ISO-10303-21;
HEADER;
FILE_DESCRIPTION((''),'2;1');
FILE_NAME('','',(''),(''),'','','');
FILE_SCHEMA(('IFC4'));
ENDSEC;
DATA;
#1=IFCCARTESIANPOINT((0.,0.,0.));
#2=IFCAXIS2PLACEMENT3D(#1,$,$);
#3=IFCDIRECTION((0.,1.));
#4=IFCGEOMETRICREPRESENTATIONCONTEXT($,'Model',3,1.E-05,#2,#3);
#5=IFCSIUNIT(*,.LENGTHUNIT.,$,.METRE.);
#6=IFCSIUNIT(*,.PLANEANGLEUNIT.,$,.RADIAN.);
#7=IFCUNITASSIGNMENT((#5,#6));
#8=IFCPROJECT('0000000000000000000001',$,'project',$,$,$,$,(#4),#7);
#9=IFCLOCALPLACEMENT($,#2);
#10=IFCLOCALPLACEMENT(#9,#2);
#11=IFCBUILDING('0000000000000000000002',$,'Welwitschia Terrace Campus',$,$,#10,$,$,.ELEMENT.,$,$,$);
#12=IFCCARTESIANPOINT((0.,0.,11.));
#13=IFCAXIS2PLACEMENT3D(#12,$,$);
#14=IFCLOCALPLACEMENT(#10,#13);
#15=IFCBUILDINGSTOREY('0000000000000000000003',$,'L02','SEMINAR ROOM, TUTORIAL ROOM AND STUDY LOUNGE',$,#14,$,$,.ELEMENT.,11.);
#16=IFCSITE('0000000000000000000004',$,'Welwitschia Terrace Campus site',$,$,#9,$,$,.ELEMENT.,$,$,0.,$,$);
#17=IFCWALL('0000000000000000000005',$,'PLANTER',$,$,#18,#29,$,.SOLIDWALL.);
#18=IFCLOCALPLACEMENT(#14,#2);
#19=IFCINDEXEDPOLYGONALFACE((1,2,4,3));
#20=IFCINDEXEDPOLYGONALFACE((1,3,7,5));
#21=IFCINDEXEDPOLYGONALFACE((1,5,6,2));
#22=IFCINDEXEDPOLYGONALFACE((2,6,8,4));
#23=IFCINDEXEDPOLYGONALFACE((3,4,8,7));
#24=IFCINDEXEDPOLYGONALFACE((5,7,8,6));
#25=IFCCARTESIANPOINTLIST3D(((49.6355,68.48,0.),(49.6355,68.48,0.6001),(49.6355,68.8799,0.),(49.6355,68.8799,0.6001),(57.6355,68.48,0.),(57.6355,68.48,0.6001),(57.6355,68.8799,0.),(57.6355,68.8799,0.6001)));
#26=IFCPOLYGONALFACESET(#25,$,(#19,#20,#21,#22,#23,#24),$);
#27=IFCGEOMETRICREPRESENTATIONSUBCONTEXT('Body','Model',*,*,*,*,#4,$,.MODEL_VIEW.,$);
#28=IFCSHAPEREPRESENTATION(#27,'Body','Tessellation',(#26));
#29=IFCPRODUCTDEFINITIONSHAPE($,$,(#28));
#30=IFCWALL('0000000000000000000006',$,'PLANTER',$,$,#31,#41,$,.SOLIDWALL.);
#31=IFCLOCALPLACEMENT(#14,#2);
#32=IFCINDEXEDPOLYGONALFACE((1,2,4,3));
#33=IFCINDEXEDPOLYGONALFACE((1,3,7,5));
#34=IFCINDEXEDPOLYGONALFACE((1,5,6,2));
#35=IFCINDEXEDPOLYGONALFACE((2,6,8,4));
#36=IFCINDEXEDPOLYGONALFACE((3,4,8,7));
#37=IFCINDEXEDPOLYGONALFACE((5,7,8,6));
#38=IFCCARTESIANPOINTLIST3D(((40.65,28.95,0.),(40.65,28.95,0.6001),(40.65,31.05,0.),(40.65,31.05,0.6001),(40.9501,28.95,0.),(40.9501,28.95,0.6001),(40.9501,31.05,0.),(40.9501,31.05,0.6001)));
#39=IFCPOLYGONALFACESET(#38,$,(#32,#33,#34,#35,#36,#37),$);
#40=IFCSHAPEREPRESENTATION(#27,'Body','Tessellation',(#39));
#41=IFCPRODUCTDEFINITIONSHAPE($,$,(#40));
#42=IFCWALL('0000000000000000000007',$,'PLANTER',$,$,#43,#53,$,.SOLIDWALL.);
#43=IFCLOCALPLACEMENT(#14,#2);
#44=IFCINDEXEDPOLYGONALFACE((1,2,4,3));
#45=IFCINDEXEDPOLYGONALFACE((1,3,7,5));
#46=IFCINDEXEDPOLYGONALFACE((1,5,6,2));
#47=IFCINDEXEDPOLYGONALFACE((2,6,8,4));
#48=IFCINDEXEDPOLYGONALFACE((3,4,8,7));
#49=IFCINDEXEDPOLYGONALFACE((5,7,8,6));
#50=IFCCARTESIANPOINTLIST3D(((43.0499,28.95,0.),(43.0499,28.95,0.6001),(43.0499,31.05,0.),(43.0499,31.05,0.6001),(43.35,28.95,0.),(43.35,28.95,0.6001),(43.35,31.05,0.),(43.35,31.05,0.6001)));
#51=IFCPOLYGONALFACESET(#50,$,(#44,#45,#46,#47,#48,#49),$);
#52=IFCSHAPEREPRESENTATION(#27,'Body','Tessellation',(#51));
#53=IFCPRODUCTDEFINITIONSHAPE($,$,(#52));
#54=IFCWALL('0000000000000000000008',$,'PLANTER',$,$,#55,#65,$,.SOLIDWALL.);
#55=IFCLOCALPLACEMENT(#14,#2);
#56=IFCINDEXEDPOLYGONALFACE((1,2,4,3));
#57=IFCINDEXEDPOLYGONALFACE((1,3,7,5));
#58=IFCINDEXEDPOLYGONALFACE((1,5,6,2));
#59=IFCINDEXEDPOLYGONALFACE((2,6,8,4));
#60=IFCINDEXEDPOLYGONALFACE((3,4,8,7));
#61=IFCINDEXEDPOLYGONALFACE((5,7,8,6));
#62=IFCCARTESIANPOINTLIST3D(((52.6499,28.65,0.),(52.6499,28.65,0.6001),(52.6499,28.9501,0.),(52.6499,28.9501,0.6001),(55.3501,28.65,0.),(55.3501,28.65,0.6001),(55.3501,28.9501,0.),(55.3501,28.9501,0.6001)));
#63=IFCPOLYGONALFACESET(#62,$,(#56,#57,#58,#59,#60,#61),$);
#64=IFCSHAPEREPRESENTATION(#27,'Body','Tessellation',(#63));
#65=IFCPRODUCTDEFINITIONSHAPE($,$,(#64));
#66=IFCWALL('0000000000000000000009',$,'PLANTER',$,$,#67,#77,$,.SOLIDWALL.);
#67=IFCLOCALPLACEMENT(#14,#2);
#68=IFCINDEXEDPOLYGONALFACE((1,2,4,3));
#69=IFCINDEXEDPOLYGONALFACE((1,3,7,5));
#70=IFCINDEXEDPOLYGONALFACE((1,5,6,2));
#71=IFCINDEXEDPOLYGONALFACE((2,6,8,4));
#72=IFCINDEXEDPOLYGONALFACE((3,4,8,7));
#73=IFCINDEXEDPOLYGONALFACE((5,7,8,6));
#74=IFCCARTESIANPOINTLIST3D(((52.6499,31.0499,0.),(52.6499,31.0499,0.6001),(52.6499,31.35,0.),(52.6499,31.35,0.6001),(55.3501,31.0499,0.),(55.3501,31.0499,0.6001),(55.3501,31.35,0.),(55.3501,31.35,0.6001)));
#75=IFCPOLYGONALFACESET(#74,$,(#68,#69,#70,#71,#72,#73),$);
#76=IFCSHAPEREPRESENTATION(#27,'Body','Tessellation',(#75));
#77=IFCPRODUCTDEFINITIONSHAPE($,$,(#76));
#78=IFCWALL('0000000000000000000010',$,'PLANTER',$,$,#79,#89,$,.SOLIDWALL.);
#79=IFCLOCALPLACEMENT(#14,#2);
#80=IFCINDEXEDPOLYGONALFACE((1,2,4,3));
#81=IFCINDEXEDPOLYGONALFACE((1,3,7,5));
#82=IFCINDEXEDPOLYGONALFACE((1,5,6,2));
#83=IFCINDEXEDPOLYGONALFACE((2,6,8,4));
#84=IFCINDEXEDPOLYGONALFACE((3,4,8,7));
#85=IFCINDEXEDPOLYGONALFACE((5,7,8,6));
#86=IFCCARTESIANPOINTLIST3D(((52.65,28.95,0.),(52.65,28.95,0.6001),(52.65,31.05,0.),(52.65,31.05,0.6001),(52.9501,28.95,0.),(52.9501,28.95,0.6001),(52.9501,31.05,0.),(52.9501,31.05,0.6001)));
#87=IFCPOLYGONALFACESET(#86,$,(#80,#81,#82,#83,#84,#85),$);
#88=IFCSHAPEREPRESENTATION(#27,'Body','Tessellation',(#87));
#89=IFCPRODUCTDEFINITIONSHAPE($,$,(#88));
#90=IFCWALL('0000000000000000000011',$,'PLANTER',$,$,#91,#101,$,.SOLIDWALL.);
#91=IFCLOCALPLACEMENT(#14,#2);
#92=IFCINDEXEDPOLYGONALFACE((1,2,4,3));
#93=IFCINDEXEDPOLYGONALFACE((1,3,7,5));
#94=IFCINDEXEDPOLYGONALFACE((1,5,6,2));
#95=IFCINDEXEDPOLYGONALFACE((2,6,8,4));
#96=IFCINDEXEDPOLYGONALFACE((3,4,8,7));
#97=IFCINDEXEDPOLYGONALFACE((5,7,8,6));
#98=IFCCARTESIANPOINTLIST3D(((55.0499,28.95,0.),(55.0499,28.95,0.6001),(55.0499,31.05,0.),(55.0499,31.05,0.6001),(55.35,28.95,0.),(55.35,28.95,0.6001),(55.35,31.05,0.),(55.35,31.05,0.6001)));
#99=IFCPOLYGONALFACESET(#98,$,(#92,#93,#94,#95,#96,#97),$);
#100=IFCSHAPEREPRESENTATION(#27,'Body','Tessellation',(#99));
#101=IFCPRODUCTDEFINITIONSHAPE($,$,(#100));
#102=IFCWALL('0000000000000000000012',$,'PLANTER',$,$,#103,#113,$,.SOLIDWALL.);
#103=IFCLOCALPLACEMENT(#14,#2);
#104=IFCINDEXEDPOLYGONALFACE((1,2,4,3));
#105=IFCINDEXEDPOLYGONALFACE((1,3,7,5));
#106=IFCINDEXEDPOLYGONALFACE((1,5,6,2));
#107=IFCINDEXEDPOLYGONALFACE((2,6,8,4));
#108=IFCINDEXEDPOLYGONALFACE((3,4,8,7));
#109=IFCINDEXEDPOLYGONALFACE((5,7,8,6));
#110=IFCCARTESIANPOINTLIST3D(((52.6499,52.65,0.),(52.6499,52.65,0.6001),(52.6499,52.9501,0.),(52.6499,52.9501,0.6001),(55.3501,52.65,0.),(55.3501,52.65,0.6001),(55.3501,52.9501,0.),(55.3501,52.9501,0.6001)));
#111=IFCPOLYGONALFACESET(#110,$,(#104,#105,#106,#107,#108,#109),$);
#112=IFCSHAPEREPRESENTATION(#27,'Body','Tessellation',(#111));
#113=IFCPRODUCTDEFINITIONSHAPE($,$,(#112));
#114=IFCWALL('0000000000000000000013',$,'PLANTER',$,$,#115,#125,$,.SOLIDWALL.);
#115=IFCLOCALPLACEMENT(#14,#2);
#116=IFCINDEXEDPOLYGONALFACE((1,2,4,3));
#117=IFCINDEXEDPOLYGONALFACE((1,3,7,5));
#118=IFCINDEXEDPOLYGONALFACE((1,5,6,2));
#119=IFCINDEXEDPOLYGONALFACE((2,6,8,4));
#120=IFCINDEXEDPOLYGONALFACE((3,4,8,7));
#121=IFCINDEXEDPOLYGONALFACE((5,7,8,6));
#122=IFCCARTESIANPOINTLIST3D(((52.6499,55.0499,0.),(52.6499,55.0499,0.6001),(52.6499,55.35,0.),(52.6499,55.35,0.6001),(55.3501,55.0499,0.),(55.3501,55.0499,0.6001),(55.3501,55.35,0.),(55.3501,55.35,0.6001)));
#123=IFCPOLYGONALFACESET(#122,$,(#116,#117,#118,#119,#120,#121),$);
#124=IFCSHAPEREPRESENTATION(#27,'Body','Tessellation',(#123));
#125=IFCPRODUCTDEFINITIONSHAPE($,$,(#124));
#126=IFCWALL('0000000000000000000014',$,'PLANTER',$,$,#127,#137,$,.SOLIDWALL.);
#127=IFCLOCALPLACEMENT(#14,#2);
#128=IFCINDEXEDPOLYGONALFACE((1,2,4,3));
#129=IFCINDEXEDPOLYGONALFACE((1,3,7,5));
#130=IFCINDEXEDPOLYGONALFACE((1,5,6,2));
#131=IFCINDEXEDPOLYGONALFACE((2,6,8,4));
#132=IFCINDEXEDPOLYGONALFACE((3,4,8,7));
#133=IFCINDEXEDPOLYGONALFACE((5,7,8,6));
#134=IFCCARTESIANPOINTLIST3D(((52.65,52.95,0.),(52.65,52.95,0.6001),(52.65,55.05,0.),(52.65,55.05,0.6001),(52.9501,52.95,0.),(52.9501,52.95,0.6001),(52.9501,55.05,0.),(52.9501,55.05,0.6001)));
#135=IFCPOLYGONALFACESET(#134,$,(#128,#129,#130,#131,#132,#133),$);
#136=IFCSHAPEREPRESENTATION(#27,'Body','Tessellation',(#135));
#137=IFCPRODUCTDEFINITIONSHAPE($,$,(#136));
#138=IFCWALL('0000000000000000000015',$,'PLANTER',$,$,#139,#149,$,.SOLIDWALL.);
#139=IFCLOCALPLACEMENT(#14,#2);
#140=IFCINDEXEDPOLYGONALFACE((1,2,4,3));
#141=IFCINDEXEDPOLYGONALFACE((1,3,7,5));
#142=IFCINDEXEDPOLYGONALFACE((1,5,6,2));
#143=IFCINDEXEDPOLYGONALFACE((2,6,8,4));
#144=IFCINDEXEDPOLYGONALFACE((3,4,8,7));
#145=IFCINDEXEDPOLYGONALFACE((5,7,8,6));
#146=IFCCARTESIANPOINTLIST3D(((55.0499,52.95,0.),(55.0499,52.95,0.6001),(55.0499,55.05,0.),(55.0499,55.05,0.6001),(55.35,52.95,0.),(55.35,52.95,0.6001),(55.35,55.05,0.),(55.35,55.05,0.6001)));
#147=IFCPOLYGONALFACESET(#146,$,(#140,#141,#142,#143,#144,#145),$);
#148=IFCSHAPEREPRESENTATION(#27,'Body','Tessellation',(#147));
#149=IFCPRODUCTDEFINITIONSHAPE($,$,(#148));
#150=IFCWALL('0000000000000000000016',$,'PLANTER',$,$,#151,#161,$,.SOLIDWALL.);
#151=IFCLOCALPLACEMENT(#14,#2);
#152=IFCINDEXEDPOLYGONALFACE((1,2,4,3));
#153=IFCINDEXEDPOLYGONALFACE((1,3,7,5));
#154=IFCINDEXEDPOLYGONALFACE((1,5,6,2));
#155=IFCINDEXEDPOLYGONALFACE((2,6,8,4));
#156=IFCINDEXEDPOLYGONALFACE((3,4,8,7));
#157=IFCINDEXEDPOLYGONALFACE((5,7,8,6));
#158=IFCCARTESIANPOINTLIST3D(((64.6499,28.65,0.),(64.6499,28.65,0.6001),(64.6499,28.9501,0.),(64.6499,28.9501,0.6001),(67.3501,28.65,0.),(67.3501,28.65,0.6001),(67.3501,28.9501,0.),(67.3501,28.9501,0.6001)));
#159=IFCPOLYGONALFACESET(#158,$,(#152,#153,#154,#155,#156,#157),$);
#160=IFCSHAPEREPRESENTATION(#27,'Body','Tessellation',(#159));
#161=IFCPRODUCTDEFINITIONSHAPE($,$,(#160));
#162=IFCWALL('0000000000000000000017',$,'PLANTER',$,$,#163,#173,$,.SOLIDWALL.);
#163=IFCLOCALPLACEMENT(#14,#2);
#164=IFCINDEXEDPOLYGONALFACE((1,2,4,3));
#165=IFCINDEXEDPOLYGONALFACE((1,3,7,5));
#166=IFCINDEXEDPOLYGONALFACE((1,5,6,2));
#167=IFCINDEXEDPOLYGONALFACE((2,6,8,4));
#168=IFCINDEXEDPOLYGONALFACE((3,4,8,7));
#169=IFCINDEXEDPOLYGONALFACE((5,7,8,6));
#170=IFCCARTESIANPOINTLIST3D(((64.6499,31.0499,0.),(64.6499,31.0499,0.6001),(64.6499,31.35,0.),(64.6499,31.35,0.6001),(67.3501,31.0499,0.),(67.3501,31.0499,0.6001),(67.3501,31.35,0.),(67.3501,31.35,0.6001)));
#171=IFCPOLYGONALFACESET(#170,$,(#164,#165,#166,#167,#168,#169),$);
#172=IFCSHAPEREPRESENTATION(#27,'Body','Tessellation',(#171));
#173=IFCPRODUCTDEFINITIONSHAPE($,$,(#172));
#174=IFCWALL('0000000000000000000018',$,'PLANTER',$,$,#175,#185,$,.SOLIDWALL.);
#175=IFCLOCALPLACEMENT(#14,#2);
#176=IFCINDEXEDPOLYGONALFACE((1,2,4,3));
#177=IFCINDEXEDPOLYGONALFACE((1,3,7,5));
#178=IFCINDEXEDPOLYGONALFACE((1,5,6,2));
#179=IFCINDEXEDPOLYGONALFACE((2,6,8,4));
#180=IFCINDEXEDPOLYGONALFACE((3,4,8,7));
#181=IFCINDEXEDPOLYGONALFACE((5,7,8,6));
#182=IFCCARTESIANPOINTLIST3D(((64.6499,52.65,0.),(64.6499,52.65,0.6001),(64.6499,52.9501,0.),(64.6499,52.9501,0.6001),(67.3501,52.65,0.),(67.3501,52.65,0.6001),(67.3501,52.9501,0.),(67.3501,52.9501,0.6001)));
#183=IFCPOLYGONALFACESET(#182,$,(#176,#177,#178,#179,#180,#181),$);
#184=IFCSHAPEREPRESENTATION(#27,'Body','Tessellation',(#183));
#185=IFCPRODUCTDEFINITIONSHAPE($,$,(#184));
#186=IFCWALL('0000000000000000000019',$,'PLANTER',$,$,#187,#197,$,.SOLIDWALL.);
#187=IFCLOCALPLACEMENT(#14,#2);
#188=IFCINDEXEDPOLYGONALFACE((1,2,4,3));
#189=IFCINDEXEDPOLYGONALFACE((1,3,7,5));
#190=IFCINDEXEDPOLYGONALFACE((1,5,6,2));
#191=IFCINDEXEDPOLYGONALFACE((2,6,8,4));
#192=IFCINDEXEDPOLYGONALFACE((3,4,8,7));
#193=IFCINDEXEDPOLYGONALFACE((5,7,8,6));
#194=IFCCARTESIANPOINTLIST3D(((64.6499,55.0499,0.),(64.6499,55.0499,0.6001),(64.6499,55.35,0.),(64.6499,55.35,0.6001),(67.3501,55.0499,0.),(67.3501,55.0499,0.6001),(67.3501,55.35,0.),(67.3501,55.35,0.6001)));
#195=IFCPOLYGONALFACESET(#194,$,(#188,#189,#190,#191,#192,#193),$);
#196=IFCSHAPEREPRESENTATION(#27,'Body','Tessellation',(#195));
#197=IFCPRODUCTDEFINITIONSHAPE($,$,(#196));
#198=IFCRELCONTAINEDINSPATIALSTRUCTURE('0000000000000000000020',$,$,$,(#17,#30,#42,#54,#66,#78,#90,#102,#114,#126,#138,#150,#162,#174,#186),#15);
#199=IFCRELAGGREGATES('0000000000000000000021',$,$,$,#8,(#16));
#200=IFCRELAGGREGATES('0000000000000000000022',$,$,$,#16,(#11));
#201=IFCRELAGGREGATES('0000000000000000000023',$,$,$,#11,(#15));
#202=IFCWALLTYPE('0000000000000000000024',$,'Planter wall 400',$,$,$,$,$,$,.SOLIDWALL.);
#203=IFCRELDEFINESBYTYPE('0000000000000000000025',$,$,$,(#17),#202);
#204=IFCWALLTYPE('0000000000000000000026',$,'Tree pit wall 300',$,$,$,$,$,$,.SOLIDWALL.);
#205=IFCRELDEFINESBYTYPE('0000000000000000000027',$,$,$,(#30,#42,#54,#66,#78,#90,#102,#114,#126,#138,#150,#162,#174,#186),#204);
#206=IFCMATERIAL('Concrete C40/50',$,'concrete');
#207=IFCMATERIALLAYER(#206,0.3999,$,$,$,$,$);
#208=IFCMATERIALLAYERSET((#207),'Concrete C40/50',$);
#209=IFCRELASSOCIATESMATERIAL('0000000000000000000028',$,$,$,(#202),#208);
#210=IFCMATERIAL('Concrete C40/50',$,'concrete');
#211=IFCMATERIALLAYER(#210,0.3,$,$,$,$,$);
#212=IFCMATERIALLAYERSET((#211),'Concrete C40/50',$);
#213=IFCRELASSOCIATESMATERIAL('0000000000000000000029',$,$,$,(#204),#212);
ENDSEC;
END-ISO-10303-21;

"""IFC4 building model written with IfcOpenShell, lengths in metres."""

from ifc_helpers import new_model, si_unit, direction, frame, frame_2d, origin, place, context, subcontext, project, spatial, rectangle, extrude, material, layer, layer_set, type_object, element, save


model = new_model("IFC4")

# Units and contexts
model_context = context("Model", 3, precision=1e-05, world=origin(), true_north=direction((0.0, 1.0)))
body_context = subcontext(model_context, "Body", "Model", "MODEL_VIEW")
ifc_project = project(units=[si_unit("LENGTHUNIT", "METRE"), si_unit("PLANEANGLEUNIT", "RADIAN")], contexts=[model_context])

# Site, building, storey
site_placement = place(None, origin())
site = spatial("IfcSite", under=ifc_project, at=site_placement, Name="Welwitschia Terrace Campus site", CompositionType="ELEMENT", RefElevation=0.0)
building_placement = place(site_placement, origin())
building = spatial("IfcBuilding", under=site, at=building_placement, Name="Welwitschia Terrace Campus", CompositionType="ELEMENT")
storey_placement = place(building_placement, frame((0.0, 0.0, 11.0)))
storey = spatial("IfcBuildingStorey", under=building, at=storey_placement, Name="L02", Description="SEMINAR ROOM, TUTORIAL ROOM AND STUDY LOUNGE", CompositionType="ELEMENT", Elevation=11.0)

# Walls
ifc_material_1 = material(Name="Concrete C40/50", Category="concrete")
ifc_layer_1 = layer(ifc_material_1, 0.3999)
ifc_layer_set_1 = layer_set([ifc_layer_1], Name="Concrete C40/50")
wall_type_1 = type_object("IfcWallType", Name="Planter wall 400", PredefinedType="SOLIDWALL", material=ifc_layer_set_1)
wall_1_placement = place(storey_placement, frame((49.6355, 68.6799, 0.0), z_axis=(0.0, 0.0, 1.0), x_axis=(1.0, 0.0, 0.0)))
element("IfcWall", 1, at=wall_1_placement, inside=storey, type_object=wall_type_1, Name="PLANTER", PredefinedType="SOLIDWALL", context=body_context, shape_type="SweptSolid", body=[
    extrude(rectangle(XDim=8.0, YDim=0.3999, at=frame_2d((4.0, 0.0))), origin(), (0.0, 0.0, 1.0), 0.6001),
])
ifc_material_2 = material(Name="Concrete C40/50", Category="concrete")
ifc_layer_2 = layer(ifc_material_2, 0.3)
ifc_layer_set_2 = layer_set([ifc_layer_2], Name="Concrete C40/50")
wall_type_2 = type_object("IfcWallType", Name="Tree pit wall 300", PredefinedType="SOLIDWALL", material=ifc_layer_set_2)
for number, where, z_axis, x_axis, name in (
    (2, (40.8, 28.95, 0.0), (0.0, 0.0, 1.0), (0.0, 1.0, 0.0), "PLANTER"),
    (3, (43.2, 28.95, 0.0), (0.0, 0.0, 1.0), (0.0, 1.0, 0.0), "PLANTER"),
):
    element("IfcWall", number, at=place(storey_placement, frame(where, z_axis=z_axis, x_axis=x_axis)), inside=storey, type_object=wall_type_2, Name=name, PredefinedType="SOLIDWALL", context=body_context, shape_type="SweptSolid", body=[
        extrude(rectangle(XDim=2.1001, YDim=0.3, at=frame_2d((1.05, 0.0))), origin(), (0.0, 0.0, 1.0), 0.6001),
    ])
for number, where, z_axis, x_axis, name in (
    (4, (52.6499, 28.8, 0.0), (0.0, 0.0, 1.0), (1.0, 0.0, 0.0), "PLANTER"),
    (5, (52.6499, 31.2, 0.0), (0.0, 0.0, 1.0), (1.0, 0.0, 0.0), "PLANTER"),
):
    element("IfcWall", number, at=place(storey_placement, frame(where, z_axis=z_axis, x_axis=x_axis)), inside=storey, type_object=wall_type_2, Name=name, PredefinedType="SOLIDWALL", context=body_context, shape_type="SweptSolid", body=[
        extrude(rectangle(XDim=2.7002, YDim=0.3, at=frame_2d((1.3501, 0.0))), origin(), (0.0, 0.0, 1.0), 0.6001),
    ])
for number, where, z_axis, x_axis, name in (
    (6, (52.8, 28.95, 0.0), (0.0, 0.0, 1.0), (0.0, 1.0, 0.0), "PLANTER"),
    (7, (55.2, 28.95, 0.0), (0.0, 0.0, 1.0), (0.0, 1.0, 0.0), "PLANTER"),
):
    element("IfcWall", number, at=place(storey_placement, frame(where, z_axis=z_axis, x_axis=x_axis)), inside=storey, type_object=wall_type_2, Name=name, PredefinedType="SOLIDWALL", context=body_context, shape_type="SweptSolid", body=[
        extrude(rectangle(XDim=2.1001, YDim=0.3, at=frame_2d((1.05, 0.0))), origin(), (0.0, 0.0, 1.0), 0.6001),
    ])
for number, where, z_axis, x_axis, name in (
    (8, (52.6499, 52.8, 0.0), (0.0, 0.0, 1.0), (1.0, 0.0, 0.0), "PLANTER"),
    (9, (52.6499, 55.2, 0.0), (0.0, 0.0, 1.0), (1.0, 0.0, 0.0), "PLANTER"),
):
    element("IfcWall", number, at=place(storey_placement, frame(where, z_axis=z_axis, x_axis=x_axis)), inside=storey, type_object=wall_type_2, Name=name, PredefinedType="SOLIDWALL", context=body_context, shape_type="SweptSolid", body=[
        extrude(rectangle(XDim=2.7002, YDim=0.3, at=frame_2d((1.3501, 0.0))), origin(), (0.0, 0.0, 1.0), 0.6001),
    ])
for number, where, z_axis, x_axis, name in (
    (10, (52.8, 52.95, 0.0), (0.0, 0.0, 1.0), (0.0, 1.0, 0.0), "PLANTER"),
    (11, (55.2, 52.95, 0.0), (0.0, 0.0, 1.0), (0.0, 1.0, 0.0), "PLANTER"),
):
    element("IfcWall", number, at=place(storey_placement, frame(where, z_axis=z_axis, x_axis=x_axis)), inside=storey, type_object=wall_type_2, Name=name, PredefinedType="SOLIDWALL", context=body_context, shape_type="SweptSolid", body=[
        extrude(rectangle(XDim=2.1001, YDim=0.3, at=frame_2d((1.05, 0.0))), origin(), (0.0, 0.0, 1.0), 0.6001),
    ])
for number, where, z_axis, x_axis, name in (
    (12, (64.6499, 28.8, 0.0), (0.0, 0.0, 1.0), (1.0, 0.0, 0.0), "PLANTER"),
    (13, (64.6499, 31.2, 0.0), (0.0, 0.0, 1.0), (1.0, 0.0, 0.0), "PLANTER"),
    (14, (64.6499, 52.8, 0.0), (0.0, 0.0, 1.0), (1.0, 0.0, 0.0), "PLANTER"),
    (15, (64.6499, 55.2, 0.0), (0.0, 0.0, 1.0), (1.0, 0.0, 0.0), "PLANTER"),
):
    element("IfcWall", number, at=place(storey_placement, frame(where, z_axis=z_axis, x_axis=x_axis)), inside=storey, type_object=wall_type_2, Name=name, PredefinedType="SOLIDWALL", context=body_context, shape_type="SweptSolid", body=[
        extrude(rectangle(XDim=2.7002, YDim=0.3, at=frame_2d((1.3501, 0.0))), origin(), (0.0, 0.0, 1.0), 0.6001),
    ])

save(model, "model.ifc")
